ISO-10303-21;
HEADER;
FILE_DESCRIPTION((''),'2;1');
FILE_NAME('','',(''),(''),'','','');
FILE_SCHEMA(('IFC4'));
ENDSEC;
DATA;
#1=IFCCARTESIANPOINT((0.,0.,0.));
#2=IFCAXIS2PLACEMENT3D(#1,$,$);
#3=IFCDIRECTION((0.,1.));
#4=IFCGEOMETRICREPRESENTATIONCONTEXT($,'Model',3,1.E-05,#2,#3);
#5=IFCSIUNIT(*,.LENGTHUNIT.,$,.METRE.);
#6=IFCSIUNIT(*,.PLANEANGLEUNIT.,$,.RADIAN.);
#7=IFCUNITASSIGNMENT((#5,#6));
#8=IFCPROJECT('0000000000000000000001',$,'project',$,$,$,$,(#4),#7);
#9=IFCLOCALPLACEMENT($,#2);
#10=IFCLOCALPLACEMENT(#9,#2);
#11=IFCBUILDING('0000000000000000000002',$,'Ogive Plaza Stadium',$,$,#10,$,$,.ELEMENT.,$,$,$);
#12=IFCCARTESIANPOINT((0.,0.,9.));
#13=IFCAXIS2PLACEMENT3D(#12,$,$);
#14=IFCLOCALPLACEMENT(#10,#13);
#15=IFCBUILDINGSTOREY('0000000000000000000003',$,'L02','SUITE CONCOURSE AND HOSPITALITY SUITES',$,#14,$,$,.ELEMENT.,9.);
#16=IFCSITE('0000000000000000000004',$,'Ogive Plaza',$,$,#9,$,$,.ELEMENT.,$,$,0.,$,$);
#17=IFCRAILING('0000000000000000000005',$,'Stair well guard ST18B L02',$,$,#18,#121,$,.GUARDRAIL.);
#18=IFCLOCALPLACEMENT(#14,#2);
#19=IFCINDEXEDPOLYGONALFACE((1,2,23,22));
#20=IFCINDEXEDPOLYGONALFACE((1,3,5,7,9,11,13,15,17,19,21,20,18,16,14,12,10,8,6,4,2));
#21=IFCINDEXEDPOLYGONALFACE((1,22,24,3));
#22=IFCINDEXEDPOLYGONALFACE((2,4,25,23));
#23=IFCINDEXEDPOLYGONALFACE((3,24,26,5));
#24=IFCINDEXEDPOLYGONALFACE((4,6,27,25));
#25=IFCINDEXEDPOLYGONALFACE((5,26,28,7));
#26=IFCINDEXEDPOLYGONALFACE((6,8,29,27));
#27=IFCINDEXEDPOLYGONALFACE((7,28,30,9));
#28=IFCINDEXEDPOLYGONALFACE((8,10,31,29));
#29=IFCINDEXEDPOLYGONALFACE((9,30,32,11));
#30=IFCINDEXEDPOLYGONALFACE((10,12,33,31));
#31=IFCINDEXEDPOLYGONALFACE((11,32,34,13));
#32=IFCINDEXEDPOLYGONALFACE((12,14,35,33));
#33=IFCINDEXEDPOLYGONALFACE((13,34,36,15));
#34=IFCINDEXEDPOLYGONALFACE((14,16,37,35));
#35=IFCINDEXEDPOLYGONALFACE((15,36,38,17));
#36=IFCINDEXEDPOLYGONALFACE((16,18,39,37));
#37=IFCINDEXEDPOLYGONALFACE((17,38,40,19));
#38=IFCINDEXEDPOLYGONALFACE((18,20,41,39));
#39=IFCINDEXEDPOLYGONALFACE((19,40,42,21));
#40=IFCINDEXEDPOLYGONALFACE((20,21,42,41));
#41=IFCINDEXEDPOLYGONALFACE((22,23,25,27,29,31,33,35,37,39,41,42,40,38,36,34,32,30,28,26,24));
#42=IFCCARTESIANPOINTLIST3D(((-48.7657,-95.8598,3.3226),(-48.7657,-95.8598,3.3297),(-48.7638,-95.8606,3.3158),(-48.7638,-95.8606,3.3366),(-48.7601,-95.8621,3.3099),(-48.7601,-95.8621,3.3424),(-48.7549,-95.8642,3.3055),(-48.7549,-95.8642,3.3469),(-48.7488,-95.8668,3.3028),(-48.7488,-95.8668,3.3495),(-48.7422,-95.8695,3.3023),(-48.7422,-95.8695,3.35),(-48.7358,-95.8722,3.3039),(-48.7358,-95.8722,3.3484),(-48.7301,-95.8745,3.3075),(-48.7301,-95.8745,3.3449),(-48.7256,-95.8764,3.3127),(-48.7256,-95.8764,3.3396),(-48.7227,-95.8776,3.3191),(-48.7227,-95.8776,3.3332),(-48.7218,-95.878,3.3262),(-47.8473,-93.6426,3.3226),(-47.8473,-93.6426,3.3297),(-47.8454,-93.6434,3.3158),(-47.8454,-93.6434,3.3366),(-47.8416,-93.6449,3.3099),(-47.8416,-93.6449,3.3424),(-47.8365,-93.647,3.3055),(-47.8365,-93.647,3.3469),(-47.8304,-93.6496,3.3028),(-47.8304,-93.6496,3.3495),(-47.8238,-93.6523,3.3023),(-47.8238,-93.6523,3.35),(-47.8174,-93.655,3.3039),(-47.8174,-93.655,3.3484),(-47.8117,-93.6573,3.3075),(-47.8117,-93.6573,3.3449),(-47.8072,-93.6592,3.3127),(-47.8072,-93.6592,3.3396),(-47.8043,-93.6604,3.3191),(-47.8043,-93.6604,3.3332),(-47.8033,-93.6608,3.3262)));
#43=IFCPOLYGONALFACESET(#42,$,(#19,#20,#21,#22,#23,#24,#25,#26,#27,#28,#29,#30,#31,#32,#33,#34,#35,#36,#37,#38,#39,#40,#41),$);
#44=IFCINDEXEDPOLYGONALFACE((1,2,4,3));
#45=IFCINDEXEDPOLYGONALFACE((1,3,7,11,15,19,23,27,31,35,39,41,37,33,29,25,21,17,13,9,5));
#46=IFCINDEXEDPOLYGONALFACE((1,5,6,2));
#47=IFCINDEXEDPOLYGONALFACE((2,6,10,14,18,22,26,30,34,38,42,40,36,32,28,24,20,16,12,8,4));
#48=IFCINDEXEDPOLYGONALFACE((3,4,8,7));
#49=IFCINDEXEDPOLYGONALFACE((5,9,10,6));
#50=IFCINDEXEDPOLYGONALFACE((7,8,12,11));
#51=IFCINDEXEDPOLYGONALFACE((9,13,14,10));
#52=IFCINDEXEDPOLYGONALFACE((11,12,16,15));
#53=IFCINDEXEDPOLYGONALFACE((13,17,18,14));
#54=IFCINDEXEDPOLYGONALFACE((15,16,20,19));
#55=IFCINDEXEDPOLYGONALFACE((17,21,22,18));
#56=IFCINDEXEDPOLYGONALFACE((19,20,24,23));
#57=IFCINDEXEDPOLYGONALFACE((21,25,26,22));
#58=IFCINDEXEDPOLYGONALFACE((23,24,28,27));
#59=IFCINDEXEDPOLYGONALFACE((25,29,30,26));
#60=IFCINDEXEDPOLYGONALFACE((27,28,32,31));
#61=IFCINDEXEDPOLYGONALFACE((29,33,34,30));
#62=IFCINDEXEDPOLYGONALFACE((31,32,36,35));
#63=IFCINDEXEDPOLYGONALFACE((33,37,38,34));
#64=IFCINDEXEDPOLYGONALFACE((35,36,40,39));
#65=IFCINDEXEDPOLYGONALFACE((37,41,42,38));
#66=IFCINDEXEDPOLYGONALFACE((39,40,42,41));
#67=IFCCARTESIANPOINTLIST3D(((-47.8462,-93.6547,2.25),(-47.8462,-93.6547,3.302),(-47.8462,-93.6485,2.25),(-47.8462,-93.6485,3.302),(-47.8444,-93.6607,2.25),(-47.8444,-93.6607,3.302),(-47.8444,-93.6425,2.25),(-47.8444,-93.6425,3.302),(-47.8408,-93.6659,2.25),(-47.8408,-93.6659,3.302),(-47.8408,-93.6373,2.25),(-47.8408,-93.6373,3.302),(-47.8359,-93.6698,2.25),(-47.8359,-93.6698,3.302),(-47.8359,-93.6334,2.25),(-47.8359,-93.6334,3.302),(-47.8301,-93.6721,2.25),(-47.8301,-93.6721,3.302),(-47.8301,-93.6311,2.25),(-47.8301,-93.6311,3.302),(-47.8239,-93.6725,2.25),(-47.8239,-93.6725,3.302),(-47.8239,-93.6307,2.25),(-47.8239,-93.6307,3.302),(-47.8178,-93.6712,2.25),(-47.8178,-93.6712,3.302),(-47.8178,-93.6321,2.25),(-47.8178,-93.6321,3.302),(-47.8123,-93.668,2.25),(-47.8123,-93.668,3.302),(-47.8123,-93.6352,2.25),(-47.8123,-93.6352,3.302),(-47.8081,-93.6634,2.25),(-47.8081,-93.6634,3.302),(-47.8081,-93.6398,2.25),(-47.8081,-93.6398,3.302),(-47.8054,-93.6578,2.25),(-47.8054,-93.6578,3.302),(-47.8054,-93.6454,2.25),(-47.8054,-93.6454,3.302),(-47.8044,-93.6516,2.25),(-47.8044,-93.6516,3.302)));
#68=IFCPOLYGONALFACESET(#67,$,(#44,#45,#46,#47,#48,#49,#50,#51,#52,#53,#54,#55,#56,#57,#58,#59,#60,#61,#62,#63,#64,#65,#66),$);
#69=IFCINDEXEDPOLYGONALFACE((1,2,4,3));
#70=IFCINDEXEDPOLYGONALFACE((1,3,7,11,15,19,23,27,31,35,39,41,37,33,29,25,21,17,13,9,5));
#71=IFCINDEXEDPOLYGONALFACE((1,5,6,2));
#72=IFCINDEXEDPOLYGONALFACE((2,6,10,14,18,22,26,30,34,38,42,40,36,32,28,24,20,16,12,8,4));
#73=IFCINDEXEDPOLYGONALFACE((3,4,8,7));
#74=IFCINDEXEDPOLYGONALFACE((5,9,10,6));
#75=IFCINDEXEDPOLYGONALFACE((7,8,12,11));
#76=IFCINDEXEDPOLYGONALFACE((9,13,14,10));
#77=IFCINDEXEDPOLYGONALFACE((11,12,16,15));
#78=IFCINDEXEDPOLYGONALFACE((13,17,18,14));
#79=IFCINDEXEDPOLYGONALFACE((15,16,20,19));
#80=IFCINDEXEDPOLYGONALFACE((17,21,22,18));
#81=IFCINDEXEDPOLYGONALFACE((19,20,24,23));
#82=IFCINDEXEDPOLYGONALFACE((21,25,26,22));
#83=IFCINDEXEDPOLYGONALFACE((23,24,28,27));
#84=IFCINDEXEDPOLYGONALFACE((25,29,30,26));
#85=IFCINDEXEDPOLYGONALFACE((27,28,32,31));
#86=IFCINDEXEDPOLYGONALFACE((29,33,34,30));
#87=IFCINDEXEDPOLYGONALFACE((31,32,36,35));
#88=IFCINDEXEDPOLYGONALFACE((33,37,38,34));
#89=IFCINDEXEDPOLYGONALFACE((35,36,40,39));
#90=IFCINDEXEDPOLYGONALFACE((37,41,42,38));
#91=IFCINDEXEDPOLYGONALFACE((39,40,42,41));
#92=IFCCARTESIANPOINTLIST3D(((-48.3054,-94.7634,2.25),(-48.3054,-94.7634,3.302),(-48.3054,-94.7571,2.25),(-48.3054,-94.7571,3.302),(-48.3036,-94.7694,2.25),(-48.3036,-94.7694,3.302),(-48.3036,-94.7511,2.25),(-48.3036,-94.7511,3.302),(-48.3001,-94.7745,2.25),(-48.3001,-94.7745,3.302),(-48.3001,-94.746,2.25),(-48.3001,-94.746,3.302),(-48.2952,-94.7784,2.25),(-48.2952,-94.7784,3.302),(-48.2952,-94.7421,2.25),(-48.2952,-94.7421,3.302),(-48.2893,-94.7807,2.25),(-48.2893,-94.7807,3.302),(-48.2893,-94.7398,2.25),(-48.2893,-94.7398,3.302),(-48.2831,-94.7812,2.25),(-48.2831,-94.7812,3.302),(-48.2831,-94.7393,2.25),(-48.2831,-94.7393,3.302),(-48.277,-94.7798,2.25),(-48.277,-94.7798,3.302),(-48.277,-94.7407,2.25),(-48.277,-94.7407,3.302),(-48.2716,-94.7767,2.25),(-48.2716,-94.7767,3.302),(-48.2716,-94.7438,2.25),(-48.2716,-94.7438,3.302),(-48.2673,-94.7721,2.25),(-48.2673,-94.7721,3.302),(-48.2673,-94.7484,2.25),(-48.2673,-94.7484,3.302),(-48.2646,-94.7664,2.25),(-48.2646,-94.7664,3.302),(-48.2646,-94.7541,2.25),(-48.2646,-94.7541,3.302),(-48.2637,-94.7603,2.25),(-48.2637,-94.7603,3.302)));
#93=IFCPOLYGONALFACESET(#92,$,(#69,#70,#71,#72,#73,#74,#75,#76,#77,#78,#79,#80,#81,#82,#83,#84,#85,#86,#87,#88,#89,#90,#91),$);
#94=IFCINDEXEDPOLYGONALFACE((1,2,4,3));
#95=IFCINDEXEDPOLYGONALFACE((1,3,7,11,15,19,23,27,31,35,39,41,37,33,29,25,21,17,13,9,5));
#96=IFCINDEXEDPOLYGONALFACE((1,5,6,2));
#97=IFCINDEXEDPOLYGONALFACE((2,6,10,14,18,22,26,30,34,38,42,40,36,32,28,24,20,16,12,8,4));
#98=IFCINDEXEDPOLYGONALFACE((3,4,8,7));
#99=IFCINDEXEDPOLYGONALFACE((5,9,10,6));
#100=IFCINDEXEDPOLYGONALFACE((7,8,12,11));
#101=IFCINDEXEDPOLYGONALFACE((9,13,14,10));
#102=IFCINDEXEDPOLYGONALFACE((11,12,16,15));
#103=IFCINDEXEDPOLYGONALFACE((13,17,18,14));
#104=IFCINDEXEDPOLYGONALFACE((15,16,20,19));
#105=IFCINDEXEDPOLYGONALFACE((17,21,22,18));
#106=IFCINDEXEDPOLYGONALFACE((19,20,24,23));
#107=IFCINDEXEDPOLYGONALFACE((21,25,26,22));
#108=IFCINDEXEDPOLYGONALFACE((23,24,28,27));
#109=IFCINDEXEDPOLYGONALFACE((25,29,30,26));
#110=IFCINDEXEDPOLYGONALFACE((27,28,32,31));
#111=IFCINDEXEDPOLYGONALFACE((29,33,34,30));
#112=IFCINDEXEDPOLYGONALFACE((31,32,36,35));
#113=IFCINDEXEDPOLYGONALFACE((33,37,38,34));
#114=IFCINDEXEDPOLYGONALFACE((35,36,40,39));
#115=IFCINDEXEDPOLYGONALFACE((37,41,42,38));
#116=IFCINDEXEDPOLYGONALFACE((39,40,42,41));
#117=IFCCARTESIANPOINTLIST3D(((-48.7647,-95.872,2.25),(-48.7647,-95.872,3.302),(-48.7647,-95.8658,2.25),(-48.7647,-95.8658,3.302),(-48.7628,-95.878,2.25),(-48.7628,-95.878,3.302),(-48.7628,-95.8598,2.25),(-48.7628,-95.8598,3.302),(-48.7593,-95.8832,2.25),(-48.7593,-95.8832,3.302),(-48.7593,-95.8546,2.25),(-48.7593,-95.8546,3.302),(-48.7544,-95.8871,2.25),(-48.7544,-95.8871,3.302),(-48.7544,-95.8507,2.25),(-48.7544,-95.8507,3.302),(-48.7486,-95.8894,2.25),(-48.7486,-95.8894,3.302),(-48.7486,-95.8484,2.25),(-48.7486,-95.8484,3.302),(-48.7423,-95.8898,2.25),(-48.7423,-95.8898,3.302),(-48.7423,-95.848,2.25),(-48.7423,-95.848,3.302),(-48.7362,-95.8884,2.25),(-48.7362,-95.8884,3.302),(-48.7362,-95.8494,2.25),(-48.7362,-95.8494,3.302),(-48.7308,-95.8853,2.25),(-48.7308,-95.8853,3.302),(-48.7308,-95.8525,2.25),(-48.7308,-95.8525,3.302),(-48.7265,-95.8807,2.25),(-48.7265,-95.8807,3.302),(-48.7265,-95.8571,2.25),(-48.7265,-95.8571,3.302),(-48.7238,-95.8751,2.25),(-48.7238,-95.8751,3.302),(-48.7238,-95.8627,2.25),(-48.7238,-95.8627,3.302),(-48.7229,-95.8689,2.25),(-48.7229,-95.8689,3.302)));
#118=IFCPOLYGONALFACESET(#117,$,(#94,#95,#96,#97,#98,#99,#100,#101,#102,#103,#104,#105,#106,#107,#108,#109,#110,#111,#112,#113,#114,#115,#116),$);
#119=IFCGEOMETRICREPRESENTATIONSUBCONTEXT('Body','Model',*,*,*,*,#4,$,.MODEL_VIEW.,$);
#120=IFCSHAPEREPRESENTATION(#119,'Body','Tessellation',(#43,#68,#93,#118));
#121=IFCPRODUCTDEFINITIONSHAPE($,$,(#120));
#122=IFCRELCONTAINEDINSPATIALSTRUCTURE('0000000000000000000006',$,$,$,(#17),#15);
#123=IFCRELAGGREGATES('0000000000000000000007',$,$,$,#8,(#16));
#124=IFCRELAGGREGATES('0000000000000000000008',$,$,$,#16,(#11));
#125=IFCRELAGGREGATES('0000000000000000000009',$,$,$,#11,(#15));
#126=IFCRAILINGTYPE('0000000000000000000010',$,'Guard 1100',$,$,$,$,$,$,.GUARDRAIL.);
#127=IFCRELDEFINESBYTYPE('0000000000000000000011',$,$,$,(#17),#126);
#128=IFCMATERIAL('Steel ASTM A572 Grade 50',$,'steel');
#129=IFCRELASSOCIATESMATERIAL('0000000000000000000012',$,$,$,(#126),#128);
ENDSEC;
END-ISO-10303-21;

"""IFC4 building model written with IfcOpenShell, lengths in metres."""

from ifc_helpers import new_model, si_unit, direction, frame, origin, origin_2d, place, context, subcontext, project, spatial, circle, extrude, material, type_object, element, save


model = new_model("IFC4")

# Units and contexts
model_context = context("Model", 3, precision=1e-05, world=origin(), true_north=direction((0.0, 1.0)))
body_context = subcontext(model_context, "Body", "Model", "MODEL_VIEW")
ifc_project = project(units=[si_unit("LENGTHUNIT", "METRE"), si_unit("PLANEANGLEUNIT", "RADIAN")], contexts=[model_context])

# Site, building, storey
site_placement = place(None, origin())
site = spatial("IfcSite", under=ifc_project, at=site_placement, Name="Ogive Plaza", CompositionType="ELEMENT", RefElevation=0.0)
building_placement = place(site_placement, origin())
building = spatial("IfcBuilding", under=site, at=building_placement, Name="Ogive Plaza Stadium", CompositionType="ELEMENT")
storey_placement = place(building_placement, frame((0.0, 0.0, 9.0)))
storey = spatial("IfcBuildingStorey", under=building, at=storey_placement, Name="L02", Description="SUITE CONCOURSE AND HOSPITALITY SUITES", CompositionType="ELEMENT", Elevation=9.0)

# Railing
ifc_material_1 = material(Name="Steel ASTM A572 Grade 50", Category="steel")
railing_type_1 = type_object("IfcRailingType", Name="Guard 1100", PredefinedType="GUARDRAIL", material=ifc_material_1)
railing_1_placement = place(storey_placement, frame((-47.8254, -93.6516, 2.25)))
element("IfcRailing", 1, at=railing_1_placement, inside=storey, type_object=railing_type_1, Name="Stair well guard ST18B L02", PredefinedType="GUARDRAIL", context=body_context, shape_type="SweptSolid", body=[
    extrude(circle(Radius=0.0239, at=origin_2d()), frame((0.0, 0.0, 1.0762), z_axis=(-0.382693, -0.923875, 0.0), x_axis=(0.923875, -0.382693, 0.0)), (0.0, 0.0, 1.0), 2.3999),
    extrude(circle(Radius=0.021, at=origin_2d()), origin(), (0.0, 0.0, 1.0), 1.052),
    extrude(circle(Radius=0.021, at=origin_2d()), frame((-0.4592, -1.1086, 0.0)), (0.0, 0.0, 1.0), 1.052),
    extrude(circle(Radius=0.021, at=origin_2d()), frame((-0.9185, -2.2173, 0.0)), (0.0, 0.0, 1.0), 1.052),
])

save(model, "model.ifc")
